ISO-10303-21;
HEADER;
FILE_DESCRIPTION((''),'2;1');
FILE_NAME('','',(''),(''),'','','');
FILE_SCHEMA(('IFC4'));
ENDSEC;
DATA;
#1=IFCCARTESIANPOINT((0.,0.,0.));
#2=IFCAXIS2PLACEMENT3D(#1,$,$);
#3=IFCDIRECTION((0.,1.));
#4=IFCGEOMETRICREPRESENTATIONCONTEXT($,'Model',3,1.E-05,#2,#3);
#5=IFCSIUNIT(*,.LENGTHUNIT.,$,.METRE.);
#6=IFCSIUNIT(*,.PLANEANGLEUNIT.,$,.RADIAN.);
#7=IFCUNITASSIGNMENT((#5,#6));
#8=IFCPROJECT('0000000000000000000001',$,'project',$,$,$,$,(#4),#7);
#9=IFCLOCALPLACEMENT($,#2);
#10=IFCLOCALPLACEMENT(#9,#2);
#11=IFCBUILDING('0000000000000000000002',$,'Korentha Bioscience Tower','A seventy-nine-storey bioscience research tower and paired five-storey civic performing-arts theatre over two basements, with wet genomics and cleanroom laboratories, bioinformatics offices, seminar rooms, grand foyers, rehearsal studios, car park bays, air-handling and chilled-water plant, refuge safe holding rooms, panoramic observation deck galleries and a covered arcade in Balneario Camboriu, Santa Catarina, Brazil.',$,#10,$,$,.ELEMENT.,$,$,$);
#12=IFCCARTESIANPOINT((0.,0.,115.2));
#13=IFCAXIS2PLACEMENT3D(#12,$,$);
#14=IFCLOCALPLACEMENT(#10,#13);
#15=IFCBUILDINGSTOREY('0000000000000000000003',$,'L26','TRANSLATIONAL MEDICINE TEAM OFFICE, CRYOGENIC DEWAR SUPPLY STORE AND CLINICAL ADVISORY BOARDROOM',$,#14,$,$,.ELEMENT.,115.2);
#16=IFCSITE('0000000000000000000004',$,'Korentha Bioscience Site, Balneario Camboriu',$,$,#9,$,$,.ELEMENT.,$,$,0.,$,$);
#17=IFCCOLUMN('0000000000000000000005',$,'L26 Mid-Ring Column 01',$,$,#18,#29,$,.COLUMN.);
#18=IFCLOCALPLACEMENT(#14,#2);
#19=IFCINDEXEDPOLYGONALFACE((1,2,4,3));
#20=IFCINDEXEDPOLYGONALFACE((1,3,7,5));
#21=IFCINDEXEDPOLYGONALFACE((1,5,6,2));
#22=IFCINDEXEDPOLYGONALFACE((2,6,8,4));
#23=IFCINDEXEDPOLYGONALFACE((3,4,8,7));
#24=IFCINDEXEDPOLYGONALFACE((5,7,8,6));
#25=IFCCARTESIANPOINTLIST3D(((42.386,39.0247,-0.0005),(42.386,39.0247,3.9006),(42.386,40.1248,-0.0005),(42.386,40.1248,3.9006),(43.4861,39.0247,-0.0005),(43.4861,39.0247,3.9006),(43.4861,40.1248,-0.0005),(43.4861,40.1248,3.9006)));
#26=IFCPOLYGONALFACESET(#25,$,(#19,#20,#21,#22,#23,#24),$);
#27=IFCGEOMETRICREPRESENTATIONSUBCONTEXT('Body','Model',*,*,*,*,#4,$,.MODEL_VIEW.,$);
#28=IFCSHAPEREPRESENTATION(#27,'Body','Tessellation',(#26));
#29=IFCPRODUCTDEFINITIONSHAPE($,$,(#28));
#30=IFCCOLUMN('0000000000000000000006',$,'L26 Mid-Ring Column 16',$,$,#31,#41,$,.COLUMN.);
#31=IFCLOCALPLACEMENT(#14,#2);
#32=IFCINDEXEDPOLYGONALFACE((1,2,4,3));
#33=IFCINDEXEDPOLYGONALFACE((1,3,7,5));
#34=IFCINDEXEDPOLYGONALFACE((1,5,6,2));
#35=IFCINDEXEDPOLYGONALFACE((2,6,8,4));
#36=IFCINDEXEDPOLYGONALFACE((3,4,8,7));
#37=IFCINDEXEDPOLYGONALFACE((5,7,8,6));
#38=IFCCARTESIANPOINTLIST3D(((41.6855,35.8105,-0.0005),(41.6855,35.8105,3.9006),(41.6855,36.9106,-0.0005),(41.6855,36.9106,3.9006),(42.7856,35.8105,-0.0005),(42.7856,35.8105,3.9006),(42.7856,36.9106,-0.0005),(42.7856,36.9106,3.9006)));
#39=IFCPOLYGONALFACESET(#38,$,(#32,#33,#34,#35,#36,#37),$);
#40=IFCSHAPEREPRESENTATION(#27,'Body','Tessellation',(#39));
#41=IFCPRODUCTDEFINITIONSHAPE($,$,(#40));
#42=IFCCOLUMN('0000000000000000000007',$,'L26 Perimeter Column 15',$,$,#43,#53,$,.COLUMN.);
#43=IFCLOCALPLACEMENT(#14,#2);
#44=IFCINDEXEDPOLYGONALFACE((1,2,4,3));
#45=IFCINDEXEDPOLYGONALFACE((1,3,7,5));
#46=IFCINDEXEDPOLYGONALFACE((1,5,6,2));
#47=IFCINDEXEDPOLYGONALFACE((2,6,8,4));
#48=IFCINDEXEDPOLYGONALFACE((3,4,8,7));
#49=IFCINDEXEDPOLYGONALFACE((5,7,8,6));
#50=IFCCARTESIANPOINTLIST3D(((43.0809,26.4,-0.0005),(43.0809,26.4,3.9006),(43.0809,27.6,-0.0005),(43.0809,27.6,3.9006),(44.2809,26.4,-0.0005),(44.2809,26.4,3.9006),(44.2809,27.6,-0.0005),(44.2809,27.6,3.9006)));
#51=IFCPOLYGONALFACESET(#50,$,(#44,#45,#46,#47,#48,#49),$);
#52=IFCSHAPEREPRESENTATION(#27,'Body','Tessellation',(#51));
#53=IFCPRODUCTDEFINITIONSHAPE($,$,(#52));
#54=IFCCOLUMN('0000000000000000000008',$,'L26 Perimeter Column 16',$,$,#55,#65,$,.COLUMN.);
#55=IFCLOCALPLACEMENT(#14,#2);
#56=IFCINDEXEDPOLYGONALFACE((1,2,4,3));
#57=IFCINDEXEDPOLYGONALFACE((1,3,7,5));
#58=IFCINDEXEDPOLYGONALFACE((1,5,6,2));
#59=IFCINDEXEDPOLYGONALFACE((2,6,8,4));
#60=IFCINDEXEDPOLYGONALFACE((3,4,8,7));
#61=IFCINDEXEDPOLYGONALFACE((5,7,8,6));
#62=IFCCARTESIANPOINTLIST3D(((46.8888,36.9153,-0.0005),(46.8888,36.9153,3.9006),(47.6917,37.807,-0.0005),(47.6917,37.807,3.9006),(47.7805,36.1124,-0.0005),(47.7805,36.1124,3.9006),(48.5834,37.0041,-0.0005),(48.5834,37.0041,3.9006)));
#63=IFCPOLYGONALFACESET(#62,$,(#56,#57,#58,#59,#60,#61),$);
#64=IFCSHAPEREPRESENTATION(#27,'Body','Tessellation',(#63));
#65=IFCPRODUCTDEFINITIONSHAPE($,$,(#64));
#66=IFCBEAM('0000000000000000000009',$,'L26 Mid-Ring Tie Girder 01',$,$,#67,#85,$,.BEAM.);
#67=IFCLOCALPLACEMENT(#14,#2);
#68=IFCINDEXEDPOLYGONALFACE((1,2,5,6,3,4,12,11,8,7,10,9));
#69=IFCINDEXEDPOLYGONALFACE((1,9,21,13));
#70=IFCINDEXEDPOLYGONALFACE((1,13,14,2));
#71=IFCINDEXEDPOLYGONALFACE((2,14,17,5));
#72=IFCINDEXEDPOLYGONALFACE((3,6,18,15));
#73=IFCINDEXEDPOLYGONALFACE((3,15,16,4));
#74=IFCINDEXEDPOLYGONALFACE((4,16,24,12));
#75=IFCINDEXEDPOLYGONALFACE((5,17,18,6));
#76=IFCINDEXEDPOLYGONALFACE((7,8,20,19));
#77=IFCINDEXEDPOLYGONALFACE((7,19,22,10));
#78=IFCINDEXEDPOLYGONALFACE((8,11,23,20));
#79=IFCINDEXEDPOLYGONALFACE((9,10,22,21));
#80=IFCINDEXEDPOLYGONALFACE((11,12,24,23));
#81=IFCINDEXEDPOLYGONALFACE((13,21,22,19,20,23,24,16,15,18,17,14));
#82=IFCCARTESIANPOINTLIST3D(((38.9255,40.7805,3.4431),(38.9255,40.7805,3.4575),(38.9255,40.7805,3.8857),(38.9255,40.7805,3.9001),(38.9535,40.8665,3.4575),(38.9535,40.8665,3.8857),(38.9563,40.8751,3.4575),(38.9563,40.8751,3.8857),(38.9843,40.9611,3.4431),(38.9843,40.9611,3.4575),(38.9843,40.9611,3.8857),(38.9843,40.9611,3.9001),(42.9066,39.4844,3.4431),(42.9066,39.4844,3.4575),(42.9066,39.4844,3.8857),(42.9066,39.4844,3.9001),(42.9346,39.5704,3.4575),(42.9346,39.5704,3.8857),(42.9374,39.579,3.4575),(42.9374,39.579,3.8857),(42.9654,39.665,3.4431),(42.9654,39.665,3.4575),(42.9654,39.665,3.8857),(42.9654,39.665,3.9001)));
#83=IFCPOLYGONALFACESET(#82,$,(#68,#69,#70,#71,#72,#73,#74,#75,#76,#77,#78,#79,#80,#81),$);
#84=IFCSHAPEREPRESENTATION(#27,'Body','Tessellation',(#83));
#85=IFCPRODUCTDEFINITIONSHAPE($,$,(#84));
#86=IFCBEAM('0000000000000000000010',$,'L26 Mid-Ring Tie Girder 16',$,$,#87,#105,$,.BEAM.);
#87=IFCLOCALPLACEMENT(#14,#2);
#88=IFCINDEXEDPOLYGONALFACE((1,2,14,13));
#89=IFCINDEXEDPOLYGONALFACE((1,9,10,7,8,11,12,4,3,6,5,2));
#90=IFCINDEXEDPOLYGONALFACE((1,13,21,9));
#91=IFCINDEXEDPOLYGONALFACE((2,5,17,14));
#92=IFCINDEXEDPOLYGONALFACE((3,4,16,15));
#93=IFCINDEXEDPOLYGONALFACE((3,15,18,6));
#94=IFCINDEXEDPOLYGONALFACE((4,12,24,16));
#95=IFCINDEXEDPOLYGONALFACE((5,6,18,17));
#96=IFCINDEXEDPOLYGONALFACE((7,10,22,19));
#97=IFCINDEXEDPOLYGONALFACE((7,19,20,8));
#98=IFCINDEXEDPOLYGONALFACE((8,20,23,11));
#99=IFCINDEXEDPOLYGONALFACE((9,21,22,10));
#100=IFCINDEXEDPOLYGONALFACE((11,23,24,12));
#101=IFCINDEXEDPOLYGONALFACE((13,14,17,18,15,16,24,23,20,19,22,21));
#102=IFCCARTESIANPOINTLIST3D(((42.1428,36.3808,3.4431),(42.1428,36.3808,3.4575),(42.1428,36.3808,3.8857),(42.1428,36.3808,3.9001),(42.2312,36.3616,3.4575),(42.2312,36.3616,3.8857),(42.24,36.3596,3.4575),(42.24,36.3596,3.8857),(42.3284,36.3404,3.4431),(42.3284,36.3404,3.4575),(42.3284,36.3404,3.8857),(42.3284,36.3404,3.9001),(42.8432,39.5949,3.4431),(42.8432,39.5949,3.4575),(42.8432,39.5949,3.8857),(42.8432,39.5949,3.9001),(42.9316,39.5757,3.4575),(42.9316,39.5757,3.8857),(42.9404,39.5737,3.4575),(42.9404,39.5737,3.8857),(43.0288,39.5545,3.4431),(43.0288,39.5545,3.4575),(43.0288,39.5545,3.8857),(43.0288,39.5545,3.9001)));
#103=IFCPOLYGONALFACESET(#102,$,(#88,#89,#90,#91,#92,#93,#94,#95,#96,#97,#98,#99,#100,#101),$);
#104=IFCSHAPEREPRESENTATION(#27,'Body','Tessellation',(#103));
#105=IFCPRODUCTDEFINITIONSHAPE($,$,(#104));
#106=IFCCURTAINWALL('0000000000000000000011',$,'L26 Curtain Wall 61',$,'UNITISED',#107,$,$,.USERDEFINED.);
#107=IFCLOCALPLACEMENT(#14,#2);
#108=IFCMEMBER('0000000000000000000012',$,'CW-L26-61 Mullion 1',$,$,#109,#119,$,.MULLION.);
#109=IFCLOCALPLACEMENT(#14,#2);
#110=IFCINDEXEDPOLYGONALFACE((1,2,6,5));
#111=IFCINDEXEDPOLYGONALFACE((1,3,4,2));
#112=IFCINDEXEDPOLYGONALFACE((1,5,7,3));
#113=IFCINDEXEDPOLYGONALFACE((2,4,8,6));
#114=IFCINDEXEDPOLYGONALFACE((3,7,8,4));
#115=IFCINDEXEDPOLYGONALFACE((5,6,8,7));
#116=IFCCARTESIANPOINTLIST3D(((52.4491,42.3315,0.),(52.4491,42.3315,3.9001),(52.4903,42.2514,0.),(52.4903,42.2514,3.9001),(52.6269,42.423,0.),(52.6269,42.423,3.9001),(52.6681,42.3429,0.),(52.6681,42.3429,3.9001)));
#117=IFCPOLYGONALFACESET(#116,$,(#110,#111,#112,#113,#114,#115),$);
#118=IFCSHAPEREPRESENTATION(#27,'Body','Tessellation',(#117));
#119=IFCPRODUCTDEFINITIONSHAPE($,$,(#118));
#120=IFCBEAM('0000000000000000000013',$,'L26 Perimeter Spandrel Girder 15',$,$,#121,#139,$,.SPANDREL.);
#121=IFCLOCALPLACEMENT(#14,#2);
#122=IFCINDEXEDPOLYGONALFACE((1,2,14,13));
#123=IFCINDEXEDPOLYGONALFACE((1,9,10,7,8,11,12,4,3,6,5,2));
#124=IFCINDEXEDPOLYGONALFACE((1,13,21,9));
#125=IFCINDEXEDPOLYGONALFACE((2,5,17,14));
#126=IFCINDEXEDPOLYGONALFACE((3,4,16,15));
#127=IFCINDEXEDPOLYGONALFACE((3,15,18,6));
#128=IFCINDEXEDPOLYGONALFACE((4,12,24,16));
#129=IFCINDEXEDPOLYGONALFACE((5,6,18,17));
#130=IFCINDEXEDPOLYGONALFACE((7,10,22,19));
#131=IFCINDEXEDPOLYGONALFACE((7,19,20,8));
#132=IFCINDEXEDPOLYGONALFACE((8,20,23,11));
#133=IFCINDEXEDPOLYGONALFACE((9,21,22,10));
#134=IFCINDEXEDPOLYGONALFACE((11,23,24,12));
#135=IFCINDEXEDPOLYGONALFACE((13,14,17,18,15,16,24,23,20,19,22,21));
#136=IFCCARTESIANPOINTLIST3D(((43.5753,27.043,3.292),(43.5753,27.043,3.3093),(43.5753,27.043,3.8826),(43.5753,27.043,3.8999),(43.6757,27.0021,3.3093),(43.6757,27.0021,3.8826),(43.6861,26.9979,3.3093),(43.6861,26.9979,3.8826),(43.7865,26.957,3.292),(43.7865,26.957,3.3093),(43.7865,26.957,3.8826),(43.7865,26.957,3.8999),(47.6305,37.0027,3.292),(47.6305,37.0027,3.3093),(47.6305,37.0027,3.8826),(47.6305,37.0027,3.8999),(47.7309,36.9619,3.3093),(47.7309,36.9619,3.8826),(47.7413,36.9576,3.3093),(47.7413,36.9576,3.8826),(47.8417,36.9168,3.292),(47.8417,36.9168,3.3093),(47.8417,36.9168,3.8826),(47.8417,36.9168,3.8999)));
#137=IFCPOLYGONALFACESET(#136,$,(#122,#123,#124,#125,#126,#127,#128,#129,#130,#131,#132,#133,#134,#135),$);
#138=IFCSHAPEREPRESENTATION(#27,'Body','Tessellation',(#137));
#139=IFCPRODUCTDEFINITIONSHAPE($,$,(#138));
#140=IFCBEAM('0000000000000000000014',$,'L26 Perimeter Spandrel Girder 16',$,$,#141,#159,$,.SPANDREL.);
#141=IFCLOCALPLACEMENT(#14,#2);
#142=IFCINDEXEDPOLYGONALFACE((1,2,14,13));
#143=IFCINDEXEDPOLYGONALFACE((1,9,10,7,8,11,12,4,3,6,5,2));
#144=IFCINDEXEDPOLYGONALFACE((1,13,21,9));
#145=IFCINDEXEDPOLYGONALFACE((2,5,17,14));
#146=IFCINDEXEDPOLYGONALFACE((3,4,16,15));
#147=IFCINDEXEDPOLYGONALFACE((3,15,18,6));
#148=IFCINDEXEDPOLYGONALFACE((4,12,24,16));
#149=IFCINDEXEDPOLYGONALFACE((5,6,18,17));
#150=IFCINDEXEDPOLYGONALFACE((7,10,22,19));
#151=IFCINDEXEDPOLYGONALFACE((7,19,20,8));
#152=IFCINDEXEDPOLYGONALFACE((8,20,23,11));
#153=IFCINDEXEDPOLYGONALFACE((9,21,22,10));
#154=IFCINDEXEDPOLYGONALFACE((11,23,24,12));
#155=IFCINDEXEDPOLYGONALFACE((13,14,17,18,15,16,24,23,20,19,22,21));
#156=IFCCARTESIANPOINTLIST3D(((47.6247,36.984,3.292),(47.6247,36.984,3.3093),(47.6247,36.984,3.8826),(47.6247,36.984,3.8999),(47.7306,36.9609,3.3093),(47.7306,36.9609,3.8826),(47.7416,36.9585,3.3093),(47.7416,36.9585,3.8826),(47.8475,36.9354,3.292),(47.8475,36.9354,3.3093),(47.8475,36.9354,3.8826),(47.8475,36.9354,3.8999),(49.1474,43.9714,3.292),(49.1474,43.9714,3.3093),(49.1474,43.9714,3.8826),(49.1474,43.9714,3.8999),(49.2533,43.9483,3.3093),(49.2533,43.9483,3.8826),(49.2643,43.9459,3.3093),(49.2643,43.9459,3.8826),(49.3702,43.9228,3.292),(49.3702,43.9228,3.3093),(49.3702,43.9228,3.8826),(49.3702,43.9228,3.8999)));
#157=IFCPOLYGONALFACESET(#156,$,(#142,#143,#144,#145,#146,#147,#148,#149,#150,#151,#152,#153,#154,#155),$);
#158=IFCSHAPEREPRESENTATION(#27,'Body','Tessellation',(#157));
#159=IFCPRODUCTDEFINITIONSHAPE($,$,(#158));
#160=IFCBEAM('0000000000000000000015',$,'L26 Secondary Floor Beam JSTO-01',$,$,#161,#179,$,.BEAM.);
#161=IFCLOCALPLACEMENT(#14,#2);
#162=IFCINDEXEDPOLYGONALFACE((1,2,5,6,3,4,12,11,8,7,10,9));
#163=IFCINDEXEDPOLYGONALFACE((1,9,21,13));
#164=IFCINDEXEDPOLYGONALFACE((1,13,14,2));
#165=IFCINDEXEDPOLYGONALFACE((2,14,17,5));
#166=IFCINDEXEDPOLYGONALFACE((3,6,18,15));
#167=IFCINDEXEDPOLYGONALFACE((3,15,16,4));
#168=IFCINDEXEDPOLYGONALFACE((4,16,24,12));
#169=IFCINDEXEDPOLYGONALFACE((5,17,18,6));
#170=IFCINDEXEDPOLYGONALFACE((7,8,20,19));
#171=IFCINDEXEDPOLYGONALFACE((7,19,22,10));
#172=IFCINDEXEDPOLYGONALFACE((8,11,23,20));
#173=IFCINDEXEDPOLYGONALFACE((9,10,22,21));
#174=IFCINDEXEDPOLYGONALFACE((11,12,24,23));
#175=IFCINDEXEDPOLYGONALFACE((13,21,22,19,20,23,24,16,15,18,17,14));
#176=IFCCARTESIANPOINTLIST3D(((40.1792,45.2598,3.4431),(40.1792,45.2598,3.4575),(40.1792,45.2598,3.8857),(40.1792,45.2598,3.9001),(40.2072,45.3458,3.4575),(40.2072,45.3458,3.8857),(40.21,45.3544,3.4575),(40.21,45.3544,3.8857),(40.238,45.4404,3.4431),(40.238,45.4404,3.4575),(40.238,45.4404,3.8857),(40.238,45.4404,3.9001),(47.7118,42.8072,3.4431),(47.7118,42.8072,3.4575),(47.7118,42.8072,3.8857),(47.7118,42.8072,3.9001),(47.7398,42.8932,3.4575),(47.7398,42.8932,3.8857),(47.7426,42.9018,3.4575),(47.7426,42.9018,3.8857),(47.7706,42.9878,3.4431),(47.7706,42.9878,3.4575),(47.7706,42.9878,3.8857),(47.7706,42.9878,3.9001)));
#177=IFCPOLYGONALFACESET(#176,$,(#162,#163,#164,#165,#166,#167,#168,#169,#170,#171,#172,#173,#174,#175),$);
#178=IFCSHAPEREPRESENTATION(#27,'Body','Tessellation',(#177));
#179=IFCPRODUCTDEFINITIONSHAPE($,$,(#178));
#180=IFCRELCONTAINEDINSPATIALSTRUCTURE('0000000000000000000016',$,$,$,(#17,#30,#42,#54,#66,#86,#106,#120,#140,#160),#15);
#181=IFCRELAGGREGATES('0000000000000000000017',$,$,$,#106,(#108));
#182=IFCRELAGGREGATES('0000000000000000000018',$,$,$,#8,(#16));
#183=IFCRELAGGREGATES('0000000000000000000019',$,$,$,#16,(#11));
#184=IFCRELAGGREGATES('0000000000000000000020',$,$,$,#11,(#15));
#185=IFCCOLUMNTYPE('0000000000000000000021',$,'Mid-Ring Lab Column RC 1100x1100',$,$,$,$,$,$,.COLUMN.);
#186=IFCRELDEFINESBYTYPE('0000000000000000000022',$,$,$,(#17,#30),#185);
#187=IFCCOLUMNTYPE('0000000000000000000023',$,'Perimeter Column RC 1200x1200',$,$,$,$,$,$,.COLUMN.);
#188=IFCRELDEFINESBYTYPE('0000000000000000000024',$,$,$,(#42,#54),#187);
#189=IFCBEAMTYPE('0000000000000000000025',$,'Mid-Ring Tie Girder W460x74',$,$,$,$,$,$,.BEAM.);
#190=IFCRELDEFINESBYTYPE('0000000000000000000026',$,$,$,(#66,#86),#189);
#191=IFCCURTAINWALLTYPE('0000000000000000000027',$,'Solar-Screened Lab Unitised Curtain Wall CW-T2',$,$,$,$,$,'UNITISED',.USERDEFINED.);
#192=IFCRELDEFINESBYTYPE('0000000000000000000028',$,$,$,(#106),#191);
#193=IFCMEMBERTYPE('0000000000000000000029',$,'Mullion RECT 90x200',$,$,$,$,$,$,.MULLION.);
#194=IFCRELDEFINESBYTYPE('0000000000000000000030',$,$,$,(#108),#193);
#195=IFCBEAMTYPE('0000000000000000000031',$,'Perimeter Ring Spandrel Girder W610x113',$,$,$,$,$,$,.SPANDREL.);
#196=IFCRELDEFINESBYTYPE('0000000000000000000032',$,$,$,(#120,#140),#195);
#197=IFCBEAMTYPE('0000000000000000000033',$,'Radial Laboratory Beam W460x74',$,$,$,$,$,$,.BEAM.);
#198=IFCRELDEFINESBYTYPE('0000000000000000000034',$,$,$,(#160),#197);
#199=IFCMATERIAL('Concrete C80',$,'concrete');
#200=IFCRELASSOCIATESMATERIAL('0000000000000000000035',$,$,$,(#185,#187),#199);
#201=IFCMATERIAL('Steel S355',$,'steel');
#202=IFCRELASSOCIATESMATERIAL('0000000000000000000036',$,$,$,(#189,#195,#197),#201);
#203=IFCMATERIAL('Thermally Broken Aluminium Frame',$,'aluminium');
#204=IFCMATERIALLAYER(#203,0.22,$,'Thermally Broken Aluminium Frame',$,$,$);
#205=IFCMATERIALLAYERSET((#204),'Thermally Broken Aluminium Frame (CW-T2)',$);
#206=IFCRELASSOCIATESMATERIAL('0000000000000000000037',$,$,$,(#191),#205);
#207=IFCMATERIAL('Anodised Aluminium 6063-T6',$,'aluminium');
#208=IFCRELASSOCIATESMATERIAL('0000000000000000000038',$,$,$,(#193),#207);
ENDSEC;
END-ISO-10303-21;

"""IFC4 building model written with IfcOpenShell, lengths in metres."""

from ifc_helpers import new_model, si_unit, direction, frame, origin, origin_2d, place, context, subcontext, project, spatial, rectangle, i_section, extrude, material, layer, layer_set, material_profile, profile_set, type_object, element, aggregate, save


model = new_model("IFC4")

# Units and contexts
model_context = context("Model", 3, precision=1e-05, world=origin(), true_north=direction((0.0, 1.0)))
body_context = subcontext(model_context, "Body", "Model", "MODEL_VIEW")
ifc_project = project(units=[si_unit("LENGTHUNIT", "METRE"), si_unit("PLANEANGLEUNIT", "RADIAN")], contexts=[model_context])

# Site, building, storey
site_placement = place(None, origin())
site = spatial("IfcSite", under=ifc_project, at=site_placement, Name="Korentha Bioscience Site, Balneario Camboriu", CompositionType="ELEMENT", RefElevation=0.0)
building_placement = place(site_placement, origin())
building = spatial("IfcBuilding", under=site, at=building_placement, Name="Korentha Bioscience Tower", Description="A seventy-nine-storey bioscience research tower and paired five-storey civic performing-arts theatre over two basements, with wet genomics and cleanroom laboratories, bioinformatics offices, seminar rooms, grand foyers, rehearsal studios, car park bays, air-handling and chilled-water plant, refuge safe holding rooms, panoramic observation deck galleries and a covered arcade in Balneario Camboriu, Santa Catarina, Brazil.", CompositionType="ELEMENT")
storey_placement = place(building_placement, frame((0.0, 0.0, 115.2)))
storey = spatial("IfcBuildingStorey", under=building, at=storey_placement, Name="L26", Description="TRANSLATIONAL MEDICINE TEAM OFFICE, CRYOGENIC DEWAR SUPPLY STORE AND CLINICAL ADVISORY BOARDROOM", CompositionType="ELEMENT", Elevation=115.2)

# Columns
ifc_material_1 = material(Name="Concrete C80", Category="concrete")
ifc_material_profile_1 = material_profile(ifc_material_1, rectangle(XDim=1.1001, YDim=1.1001, at=origin_2d()), Name="Concrete C80")
ifc_profile_set_1 = profile_set([ifc_material_profile_1], Name="Concrete C80 (COL-MR11)")
column_type_1 = type_object("IfcColumnType", Name="Mid-Ring Lab Column RC 1100x1100", PredefinedType="COLUMN", material=ifc_profile_set_1)
for number, where, z_axis, x_axis, name in (
    (1, (42.936, 39.5747, -0.0005), (0.0, 0.0, 1.0), (1.0, 0.0, 0.0), "L26 Mid-Ring Column 01"),
    (2, (42.2356, 36.3606, -0.0005), (0.0, 0.0, 1.0), (1.0, 0.0, 0.0), "L26 Mid-Ring Column 16"),
):
    element("IfcColumn", number, at=place(storey_placement, frame(where, z_axis=z_axis, x_axis=x_axis)), inside=storey, type_object=column_type_1, Name=name, PredefinedType="COLUMN", context=body_context, shape_type="SweptSolid", body=[
        extrude(rectangle(XDim=1.1001, YDim=1.1001, at=origin_2d()), origin(), (0.0, 0.0, 1.0), 3.9011),
    ])
ifc_material_profile_2 = material_profile(ifc_material_1, rectangle(XDim=1.2, YDim=1.2, at=origin_2d()), Name="Concrete C80")
ifc_profile_set_2 = profile_set([ifc_material_profile_2], Name="Concrete C80 (COL-P12)")
column_type_2 = type_object("IfcColumnType", Name="Perimeter Column RC 1200x1200", PredefinedType="COLUMN", material=ifc_profile_set_2)
for number, where, z_axis, x_axis, name in (
    (3, (43.6809, 27.0, -0.0005), (0.0, 0.0, 1.0), (0.0, 1.0, 0.0), "L26 Perimeter Column 15"),
    (4, (47.7361, 36.9597, -0.0005), (0.0, 0.0, 1.0), (0.669131, 0.743145, 0.0), "L26 Perimeter Column 16"),
):
    element("IfcColumn", number, at=place(storey_placement, frame(where, z_axis=z_axis, x_axis=x_axis)), inside=storey, type_object=column_type_2, Name=name, PredefinedType="COLUMN", context=body_context, shape_type="SweptSolid", body=[
        extrude(rectangle(XDim=1.2, YDim=1.2, at=origin_2d()), origin(), (0.0, 0.0, 1.0), 3.9011),
    ])

# Beams
ifc_material_2 = material(Name="Steel S355", Category="steel")
ifc_material_profile_3 = material_profile(ifc_material_2, i_section(OverallWidth=0.1899, OverallDepth=0.457, WebThickness=0.009, FlangeThickness=0.0144, at=origin_2d()), Name="Steel S355")
ifc_profile_set_3 = profile_set([ifc_material_profile_3], Name="Steel S355 (MB-460)")
beam_type_1 = type_object("IfcBeamType", Name="Mid-Ring Tie Girder W460x74", PredefinedType="BEAM", material=ifc_profile_set_3)
beam_1_placement = place(storey_placement, frame((42.936, 39.5747, 3.6716), z_axis=(-0.950876, 0.309573, 0.0), x_axis=(-0.309573, -0.950876, 0.0)))
element("IfcBeam", 5, at=beam_1_placement, inside=storey, type_object=beam_type_1, Name="L26 Mid-Ring Tie Girder 01", PredefinedType="BEAM", context=body_context, shape_type="SweptSolid", body=[
    extrude(i_section(OverallWidth=0.1899, OverallDepth=0.457, WebThickness=0.009, FlangeThickness=0.0144, at=origin_2d()), origin(), (0.0, 0.0, 1.0), 4.1868),
])
beam_2_placement = place(storey_placement, frame((42.2356, 36.3606, 3.6716), z_axis=(0.212929, 0.977068, 0.0), x_axis=(-0.977068, 0.212929, 0.0)))
element("IfcBeam", 6, at=beam_2_placement, inside=storey, type_object=beam_type_1, Name="L26 Mid-Ring Tie Girder 16", PredefinedType="BEAM", context=body_context, shape_type="SweptSolid", body=[
    extrude(i_section(OverallWidth=0.1899, OverallDepth=0.457, WebThickness=0.009, FlangeThickness=0.0144, at=origin_2d()), origin(), (0.0, 0.0, 1.0), 3.2896),
])

# Curtain wall, member
ifc_material_3 = material(Name="Thermally Broken Aluminium Frame", Category="aluminium")
ifc_layer_1 = layer(ifc_material_3, 0.22, Name="Thermally Broken Aluminium Frame")
ifc_layer_set_1 = layer_set([ifc_layer_1], Name="Thermally Broken Aluminium Frame (CW-T2)")
curtain_wall_type = type_object("IfcCurtainWallType", Name="Solar-Screened Lab Unitised Curtain Wall CW-T2", ElementType="UNITISED", PredefinedType="USERDEFINED", material=ifc_layer_set_1)
curtain_wall_placement = place(storey_placement, origin())
curtain_wall = element("IfcCurtainWall", 7, at=curtain_wall_placement, inside=storey, type_object=curtain_wall_type, Name="L26 Curtain Wall 61", ObjectType="UNITISED", PredefinedType="USERDEFINED")
ifc_material_4 = material(Name="Anodised Aluminium 6063-T6", Category="aluminium")
ifc_material_profile_4 = material_profile(ifc_material_4, rectangle(XDim=0.0901, YDim=0.2, at=origin_2d()), Name="Anodised Aluminium 6063-T6")
ifc_profile_set_4 = profile_set([ifc_material_profile_4], Name="Anodised Aluminium 6063-T6 (CW-MUL)")
member_type_1 = type_object("IfcMemberType", Name="Mullion RECT 90x200", PredefinedType="MULLION", material=ifc_profile_set_4)
member_1_placement = place(storey_placement, frame((52.5586, 42.3372, 0.0), z_axis=(0.0, 0.0, 1.0), x_axis=(-0.457613, 0.889151, 0.0)))
member_1 = element("IfcMember", 8, at=member_1_placement, type_object=member_type_1, Name="CW-L26-61 Mullion 1", PredefinedType="MULLION", context=body_context, shape_type="SweptSolid", body=[
    extrude(rectangle(XDim=0.0901, YDim=0.2, at=origin_2d()), origin(), (0.0, 0.0, 1.0), 3.9001),
])

# Beams
ifc_material_profile_5 = material_profile(ifc_material_2, i_section(OverallWidth=0.228, OverallDepth=0.6079, WebThickness=0.0112, FlangeThickness=0.0173, at=origin_2d()), Name="Steel S355")
ifc_profile_set_5 = profile_set([ifc_material_profile_5], Name="Steel S355 (SB-610)")
beam_type_2 = type_object("IfcBeamType", Name="Perimeter Ring Spandrel Girder W610x113", PredefinedType="SPANDREL", material=ifc_profile_set_5)
beam_3_placement = place(storey_placement, frame((43.6809, 27.0, 3.5959), z_axis=(0.377099, 0.926173, 0.0), x_axis=(-0.926173, 0.377099, 0.0)))
element("IfcBeam", 9, at=beam_3_placement, inside=storey, type_object=beam_type_2, Name="L26 Perimeter Spandrel Girder 15", PredefinedType="SPANDREL", context=body_context, shape_type="SweptSolid", body=[
    extrude(i_section(OverallWidth=0.228, OverallDepth=0.6079, WebThickness=0.0112, FlangeThickness=0.0173, at=origin_2d()), origin(), (0.0, 0.0, 1.0), 10.7537),
])
beam_4_placement = place(storey_placement, frame((47.7361, 36.9597, 3.5959), z_axis=(0.212927, 0.977068, 0.0), x_axis=(-0.977068, 0.212927, 0.0)))
element("IfcBeam", 10, at=beam_4_placement, inside=storey, type_object=beam_type_2, Name="L26 Perimeter Spandrel Girder 16", PredefinedType="SPANDREL", context=body_context, shape_type="SweptSolid", body=[
    extrude(i_section(OverallWidth=0.228, OverallDepth=0.6079, WebThickness=0.0112, FlangeThickness=0.0173, at=origin_2d()), origin(), (0.0, 0.0, 1.0), 7.1514),
])
ifc_material_profile_6 = material_profile(ifc_material_2, i_section(OverallWidth=0.1899, OverallDepth=0.457, WebThickness=0.009, FlangeThickness=0.0144, at=origin_2d()), Name="Steel S355")
ifc_profile_set_6 = profile_set([ifc_material_profile_6], Name="Steel S355 (RB-460)")
beam_type_3 = type_object("IfcBeamType", Name="Radial Laboratory Beam W460x74", PredefinedType="BEAM", material=ifc_profile_set_6)
beam_5_placement = place(storey_placement, frame((47.7412, 42.8975, 3.6716), z_axis=(-0.950867, 0.3096, 0.0), x_axis=(-0.3096, -0.950867, 0.0)))
element("IfcBeam", 11, at=beam_5_placement, inside=storey, type_object=beam_type_3, Name="L26 Secondary Floor Beam JSTO-01", PredefinedType="BEAM", context=body_context, shape_type="SweptSolid", body=[
    extrude(i_section(OverallWidth=0.1899, OverallDepth=0.457, WebThickness=0.009, FlangeThickness=0.0144, at=origin_2d()), origin(), (0.0, 0.0, 1.0), 7.9219),
])

aggregate(curtain_wall, [member_1])

save(model, "model.ifc")
